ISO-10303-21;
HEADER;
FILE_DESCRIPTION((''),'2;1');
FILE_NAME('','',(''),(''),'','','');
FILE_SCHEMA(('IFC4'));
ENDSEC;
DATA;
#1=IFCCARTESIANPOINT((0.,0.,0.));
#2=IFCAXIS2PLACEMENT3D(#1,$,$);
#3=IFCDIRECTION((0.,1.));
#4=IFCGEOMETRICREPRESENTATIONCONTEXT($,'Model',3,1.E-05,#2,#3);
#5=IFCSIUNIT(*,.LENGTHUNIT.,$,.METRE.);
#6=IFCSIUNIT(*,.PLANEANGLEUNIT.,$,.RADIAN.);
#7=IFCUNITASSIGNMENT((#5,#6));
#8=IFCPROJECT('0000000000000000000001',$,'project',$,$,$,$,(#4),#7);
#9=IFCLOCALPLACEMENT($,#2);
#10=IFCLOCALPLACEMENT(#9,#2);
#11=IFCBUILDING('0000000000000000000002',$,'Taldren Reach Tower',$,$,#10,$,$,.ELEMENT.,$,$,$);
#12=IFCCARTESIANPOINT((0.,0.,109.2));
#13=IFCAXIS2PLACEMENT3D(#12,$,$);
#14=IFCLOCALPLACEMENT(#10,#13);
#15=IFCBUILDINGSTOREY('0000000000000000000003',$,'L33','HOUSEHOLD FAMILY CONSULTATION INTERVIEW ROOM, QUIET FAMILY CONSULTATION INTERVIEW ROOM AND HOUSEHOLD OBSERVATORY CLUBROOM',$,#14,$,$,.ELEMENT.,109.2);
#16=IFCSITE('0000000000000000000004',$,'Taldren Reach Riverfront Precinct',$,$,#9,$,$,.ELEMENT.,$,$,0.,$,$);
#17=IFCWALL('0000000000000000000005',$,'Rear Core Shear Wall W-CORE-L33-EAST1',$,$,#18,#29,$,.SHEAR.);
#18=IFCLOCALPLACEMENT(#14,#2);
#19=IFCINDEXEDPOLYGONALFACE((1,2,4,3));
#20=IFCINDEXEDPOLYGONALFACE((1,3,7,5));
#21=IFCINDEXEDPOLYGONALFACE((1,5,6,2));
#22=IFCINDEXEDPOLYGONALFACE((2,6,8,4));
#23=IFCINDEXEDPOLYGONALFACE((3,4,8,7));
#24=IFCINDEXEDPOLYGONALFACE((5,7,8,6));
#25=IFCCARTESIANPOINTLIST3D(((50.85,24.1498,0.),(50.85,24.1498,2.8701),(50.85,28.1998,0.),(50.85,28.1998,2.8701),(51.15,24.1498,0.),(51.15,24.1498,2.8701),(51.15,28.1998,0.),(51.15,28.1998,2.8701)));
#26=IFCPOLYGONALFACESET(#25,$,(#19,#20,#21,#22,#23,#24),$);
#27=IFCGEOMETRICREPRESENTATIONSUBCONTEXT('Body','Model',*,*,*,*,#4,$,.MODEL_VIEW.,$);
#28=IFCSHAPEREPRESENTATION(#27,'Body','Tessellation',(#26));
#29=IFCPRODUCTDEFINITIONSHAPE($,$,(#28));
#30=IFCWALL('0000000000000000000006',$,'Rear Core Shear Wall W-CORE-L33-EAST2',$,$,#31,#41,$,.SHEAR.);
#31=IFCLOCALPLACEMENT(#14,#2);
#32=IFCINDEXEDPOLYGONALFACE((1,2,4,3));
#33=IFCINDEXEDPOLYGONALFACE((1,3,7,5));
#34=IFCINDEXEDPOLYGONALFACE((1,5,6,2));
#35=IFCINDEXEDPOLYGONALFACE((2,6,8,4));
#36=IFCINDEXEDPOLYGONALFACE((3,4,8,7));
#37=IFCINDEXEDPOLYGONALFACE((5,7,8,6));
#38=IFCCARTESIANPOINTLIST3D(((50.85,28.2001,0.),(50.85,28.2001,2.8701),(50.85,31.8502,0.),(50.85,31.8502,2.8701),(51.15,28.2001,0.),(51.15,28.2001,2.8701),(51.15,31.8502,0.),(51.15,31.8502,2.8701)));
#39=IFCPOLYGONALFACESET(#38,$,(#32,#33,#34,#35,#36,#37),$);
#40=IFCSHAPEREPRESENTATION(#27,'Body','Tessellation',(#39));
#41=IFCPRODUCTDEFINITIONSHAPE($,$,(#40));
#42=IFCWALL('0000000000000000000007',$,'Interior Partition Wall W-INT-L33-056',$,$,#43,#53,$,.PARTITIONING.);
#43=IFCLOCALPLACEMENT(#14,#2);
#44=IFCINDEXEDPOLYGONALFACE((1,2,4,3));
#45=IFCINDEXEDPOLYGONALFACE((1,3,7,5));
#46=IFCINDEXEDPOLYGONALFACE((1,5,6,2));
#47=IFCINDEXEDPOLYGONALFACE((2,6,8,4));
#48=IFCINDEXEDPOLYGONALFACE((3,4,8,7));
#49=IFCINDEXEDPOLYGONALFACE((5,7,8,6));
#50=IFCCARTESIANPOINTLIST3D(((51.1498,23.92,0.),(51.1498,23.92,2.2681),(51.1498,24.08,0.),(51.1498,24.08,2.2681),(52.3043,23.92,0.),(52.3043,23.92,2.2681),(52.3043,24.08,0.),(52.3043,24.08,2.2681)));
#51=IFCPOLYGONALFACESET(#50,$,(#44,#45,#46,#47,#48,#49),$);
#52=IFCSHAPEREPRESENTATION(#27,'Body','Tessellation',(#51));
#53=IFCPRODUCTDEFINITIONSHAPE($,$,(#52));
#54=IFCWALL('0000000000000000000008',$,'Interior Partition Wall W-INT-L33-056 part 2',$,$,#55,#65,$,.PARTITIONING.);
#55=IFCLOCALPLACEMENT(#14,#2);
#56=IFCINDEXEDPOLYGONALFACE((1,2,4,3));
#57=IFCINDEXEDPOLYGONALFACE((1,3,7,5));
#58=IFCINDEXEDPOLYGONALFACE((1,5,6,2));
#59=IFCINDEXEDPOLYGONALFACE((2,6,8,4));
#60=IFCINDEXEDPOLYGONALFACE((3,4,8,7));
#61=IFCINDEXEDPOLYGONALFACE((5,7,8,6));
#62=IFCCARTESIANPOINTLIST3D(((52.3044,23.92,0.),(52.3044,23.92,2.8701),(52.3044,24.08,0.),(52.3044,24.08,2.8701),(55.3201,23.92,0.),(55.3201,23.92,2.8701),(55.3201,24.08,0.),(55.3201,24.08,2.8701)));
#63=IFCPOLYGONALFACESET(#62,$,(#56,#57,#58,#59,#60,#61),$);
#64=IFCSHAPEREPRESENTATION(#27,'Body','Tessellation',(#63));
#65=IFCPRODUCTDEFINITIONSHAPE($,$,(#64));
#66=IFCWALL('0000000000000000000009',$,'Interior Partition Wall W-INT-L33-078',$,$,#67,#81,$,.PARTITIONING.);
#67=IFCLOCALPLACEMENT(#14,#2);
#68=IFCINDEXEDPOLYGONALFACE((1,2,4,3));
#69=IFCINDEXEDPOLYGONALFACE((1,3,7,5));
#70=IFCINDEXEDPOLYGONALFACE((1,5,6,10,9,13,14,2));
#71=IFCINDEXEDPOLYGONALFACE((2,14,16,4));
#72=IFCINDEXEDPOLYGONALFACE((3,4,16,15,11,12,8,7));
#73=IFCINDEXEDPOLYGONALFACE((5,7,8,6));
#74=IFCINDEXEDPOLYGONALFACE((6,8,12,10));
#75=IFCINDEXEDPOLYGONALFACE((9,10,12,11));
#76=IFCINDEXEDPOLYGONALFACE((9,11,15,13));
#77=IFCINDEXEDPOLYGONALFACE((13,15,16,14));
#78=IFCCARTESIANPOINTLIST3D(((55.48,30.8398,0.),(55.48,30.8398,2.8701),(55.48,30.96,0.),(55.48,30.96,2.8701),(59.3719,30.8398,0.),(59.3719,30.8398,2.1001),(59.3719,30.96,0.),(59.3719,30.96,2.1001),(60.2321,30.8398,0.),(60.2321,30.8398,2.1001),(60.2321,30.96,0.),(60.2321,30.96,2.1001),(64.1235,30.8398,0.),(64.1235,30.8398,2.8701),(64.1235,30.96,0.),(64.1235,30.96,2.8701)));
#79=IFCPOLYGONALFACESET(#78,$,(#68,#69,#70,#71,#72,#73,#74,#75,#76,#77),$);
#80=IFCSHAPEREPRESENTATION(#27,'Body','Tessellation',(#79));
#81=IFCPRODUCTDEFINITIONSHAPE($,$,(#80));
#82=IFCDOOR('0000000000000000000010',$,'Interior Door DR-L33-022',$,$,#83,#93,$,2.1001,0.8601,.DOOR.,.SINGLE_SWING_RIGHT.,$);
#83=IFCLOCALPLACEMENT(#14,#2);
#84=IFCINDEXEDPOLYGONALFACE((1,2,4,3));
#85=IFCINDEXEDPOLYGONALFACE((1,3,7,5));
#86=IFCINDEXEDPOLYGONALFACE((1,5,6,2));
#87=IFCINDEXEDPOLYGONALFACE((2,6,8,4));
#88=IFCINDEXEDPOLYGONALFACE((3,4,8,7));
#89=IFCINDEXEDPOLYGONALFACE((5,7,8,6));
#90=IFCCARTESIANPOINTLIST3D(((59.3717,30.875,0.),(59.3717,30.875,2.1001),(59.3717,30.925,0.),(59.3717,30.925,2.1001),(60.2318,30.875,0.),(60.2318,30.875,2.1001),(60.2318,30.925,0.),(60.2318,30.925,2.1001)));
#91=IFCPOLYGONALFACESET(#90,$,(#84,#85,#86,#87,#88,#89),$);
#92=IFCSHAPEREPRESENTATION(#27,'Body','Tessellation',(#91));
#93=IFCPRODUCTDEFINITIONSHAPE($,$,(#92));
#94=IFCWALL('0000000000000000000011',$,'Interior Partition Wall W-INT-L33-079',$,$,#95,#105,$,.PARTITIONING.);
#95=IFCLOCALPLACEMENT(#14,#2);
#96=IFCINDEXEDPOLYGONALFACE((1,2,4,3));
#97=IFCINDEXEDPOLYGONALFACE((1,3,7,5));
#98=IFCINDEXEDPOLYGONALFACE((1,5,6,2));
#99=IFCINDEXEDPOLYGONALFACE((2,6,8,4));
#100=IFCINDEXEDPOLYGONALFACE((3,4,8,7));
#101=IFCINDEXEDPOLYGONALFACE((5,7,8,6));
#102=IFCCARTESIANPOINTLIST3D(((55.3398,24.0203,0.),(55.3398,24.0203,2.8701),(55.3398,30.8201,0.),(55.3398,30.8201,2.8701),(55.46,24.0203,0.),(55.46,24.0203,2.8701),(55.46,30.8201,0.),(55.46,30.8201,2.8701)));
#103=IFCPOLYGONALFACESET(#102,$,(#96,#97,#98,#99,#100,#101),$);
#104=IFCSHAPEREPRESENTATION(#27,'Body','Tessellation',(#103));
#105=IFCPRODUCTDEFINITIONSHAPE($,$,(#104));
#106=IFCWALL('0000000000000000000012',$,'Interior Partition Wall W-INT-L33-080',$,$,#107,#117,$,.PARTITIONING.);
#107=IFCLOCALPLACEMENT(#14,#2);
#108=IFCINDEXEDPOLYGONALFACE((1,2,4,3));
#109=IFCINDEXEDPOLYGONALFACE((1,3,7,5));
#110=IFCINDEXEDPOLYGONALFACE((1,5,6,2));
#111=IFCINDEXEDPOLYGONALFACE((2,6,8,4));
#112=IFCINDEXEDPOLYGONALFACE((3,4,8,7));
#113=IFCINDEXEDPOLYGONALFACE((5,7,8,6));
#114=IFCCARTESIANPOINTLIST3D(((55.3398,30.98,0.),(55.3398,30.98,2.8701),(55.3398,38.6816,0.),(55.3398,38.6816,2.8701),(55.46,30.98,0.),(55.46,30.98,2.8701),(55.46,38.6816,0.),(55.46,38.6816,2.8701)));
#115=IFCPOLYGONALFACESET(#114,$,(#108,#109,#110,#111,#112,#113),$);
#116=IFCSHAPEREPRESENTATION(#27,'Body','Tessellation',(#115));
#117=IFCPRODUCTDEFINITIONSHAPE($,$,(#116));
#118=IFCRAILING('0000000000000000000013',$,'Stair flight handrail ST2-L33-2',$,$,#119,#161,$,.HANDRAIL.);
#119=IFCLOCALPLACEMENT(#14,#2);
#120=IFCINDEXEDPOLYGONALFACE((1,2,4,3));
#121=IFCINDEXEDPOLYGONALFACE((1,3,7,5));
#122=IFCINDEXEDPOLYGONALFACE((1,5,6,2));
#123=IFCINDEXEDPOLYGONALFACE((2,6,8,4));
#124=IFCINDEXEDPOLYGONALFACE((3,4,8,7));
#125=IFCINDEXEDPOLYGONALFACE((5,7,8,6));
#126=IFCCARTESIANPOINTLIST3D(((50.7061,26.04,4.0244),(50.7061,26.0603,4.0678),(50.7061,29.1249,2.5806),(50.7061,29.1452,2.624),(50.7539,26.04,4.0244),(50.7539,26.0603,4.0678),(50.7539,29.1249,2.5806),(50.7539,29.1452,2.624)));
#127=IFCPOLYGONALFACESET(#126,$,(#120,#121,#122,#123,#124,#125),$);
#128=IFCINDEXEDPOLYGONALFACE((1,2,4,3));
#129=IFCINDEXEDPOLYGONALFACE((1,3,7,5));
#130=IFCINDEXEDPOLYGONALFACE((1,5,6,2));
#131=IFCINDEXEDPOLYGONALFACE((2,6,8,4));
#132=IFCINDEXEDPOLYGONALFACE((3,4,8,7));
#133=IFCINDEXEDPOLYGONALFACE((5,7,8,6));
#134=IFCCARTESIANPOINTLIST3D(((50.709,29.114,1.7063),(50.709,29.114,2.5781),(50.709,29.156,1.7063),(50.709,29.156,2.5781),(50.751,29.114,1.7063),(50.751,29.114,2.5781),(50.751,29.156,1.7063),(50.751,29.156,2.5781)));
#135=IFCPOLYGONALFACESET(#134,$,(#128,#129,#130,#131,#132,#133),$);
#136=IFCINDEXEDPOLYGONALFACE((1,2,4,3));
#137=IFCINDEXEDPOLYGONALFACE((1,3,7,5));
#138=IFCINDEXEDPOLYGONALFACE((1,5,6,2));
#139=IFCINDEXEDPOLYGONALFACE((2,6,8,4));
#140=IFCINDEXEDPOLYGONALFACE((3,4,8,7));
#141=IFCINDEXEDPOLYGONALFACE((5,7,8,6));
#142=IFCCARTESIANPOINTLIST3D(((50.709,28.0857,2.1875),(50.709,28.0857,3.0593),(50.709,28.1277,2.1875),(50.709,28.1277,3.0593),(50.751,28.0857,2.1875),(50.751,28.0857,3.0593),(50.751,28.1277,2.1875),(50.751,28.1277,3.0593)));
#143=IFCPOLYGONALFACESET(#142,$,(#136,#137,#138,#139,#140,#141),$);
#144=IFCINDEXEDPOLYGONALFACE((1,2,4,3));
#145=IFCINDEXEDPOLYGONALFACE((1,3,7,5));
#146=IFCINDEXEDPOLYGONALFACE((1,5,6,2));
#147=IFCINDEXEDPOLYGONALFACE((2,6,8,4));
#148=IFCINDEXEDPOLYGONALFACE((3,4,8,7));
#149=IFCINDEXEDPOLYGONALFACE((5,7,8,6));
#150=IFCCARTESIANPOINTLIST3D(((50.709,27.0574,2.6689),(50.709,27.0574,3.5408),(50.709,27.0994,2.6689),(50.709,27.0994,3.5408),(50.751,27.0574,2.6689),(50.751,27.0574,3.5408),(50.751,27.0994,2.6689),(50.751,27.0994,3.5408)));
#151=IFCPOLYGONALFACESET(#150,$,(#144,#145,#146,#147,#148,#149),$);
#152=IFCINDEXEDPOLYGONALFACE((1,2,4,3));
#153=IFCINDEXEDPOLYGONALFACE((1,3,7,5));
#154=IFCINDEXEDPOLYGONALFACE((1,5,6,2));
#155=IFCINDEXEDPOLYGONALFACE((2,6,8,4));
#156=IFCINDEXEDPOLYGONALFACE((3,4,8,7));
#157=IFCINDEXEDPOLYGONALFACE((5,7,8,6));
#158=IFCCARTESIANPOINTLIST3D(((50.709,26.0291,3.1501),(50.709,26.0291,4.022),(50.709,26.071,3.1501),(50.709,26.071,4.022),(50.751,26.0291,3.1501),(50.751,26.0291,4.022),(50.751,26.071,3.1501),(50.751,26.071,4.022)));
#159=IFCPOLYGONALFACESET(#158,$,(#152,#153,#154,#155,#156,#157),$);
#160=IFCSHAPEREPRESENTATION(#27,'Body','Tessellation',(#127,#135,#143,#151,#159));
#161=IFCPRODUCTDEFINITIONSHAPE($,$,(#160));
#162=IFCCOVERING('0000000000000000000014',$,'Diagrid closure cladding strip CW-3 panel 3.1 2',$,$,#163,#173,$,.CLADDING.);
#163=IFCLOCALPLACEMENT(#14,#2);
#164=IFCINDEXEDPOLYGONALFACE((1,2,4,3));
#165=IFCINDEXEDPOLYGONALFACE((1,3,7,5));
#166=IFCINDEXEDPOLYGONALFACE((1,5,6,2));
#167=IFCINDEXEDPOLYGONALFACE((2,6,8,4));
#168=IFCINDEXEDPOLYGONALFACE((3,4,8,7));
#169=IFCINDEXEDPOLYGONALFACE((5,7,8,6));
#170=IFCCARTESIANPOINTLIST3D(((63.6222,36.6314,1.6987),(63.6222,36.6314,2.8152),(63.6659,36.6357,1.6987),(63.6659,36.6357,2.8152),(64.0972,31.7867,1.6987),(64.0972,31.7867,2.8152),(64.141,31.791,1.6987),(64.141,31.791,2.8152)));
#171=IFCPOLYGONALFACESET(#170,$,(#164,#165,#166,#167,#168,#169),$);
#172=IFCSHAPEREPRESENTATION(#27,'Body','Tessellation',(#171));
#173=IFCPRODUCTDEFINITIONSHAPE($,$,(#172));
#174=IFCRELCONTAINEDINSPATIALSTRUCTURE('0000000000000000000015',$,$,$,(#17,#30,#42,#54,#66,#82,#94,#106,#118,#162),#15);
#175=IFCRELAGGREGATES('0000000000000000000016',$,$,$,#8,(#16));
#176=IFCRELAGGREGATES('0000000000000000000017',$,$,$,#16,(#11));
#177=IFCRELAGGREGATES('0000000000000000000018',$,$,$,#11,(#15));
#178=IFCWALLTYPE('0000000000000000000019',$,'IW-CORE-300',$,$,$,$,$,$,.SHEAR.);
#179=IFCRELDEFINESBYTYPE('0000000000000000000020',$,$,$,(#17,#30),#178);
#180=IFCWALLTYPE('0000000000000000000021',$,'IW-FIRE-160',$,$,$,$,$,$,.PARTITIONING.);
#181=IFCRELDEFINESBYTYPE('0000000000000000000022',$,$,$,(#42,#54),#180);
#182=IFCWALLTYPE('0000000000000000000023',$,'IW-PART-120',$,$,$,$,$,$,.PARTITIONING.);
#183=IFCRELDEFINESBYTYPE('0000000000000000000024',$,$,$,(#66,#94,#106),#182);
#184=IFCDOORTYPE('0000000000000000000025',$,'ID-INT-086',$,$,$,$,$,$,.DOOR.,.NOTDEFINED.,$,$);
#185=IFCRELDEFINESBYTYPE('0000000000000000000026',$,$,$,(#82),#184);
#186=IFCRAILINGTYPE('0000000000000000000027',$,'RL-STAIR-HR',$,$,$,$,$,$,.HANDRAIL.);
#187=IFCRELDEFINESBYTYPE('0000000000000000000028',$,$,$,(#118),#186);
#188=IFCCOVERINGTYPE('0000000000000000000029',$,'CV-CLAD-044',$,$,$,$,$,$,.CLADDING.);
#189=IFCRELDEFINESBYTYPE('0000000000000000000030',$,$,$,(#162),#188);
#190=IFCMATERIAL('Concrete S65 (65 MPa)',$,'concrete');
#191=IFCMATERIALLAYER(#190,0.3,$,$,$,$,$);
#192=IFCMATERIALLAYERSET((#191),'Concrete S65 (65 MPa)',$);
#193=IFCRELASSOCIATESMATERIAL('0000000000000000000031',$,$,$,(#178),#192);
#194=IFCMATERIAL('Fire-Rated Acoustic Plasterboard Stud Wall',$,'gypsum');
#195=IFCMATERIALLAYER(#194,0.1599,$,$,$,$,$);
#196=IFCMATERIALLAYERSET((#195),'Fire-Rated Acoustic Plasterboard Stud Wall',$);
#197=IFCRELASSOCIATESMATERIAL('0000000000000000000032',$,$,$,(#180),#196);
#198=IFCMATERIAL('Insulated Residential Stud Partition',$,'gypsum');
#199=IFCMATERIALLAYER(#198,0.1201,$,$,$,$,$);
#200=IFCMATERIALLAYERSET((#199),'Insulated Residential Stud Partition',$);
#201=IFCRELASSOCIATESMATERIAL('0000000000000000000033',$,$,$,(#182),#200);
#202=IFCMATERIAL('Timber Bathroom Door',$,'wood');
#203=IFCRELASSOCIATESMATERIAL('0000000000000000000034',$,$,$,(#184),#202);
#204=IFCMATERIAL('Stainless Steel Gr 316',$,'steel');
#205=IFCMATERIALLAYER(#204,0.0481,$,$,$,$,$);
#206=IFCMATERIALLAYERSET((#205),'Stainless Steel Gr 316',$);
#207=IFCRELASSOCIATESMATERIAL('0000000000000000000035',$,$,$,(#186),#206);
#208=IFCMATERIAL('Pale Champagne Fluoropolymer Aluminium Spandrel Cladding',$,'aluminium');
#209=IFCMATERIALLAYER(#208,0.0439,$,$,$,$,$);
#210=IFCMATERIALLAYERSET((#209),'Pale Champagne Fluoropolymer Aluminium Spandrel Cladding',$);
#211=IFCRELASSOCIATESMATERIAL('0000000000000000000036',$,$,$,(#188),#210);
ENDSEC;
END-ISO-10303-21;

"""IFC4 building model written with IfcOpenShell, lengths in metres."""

from ifc_helpers import new_model, si_unit, direction, frame, frame_2d, origin, origin_2d, place, context, subcontext, project, spatial, rectangle, extrude, source, transform, mapped, material, layer, layer_set, type_object, element, fill, save


model = new_model("IFC4")

# Units and contexts
model_context = context("Model", 3, precision=1e-05, world=origin(), true_north=direction((0.0, 1.0)))
body_context = subcontext(model_context, "Body", "Model", "MODEL_VIEW")
ifc_project = project(units=[si_unit("LENGTHUNIT", "METRE"), si_unit("PLANEANGLEUNIT", "RADIAN")], contexts=[model_context])

# Site, building, storey
site_placement = place(None, origin())
site = spatial("IfcSite", under=ifc_project, at=site_placement, Name="Taldren Reach Riverfront Precinct", CompositionType="ELEMENT", RefElevation=0.0)
building_placement = place(site_placement, origin())
building = spatial("IfcBuilding", under=site, at=building_placement, Name="Taldren Reach Tower", CompositionType="ELEMENT")
storey_placement = place(building_placement, frame((0.0, 0.0, 109.2)))
storey = spatial("IfcBuildingStorey", under=building, at=storey_placement, Name="L33", Description="HOUSEHOLD FAMILY CONSULTATION INTERVIEW ROOM, QUIET FAMILY CONSULTATION INTERVIEW ROOM AND HOUSEHOLD OBSERVATORY CLUBROOM", CompositionType="ELEMENT", Elevation=109.2)

# Shared definitions
ifc_material_1 = material(Name="Concrete S65 (65 MPa)", Category="concrete")

# Walls
ifc_layer_1 = layer(ifc_material_1, 0.3)
ifc_layer_set_1 = layer_set([ifc_layer_1], Name="Concrete S65 (65 MPa)")
wall_type_1 = type_object("IfcWallType", Name="IW-CORE-300", PredefinedType="SHEAR", material=ifc_layer_set_1)
shared_shape_1 = source(origin(), body_context, "Body", "SweptSolid", [
    extrude(rectangle(XDim=4.05, YDim=0.3, at=frame_2d((2.0249, 0.0))), origin(), (0.0, 0.0, 1.0), 2.8701),
])
wall_1_placement = place(storey_placement, frame((51.0, 24.1499, 0.0), z_axis=(0.0, 0.0, 1.0), x_axis=(0.0, 1.0, 0.0)))
element("IfcWall", 1, at=wall_1_placement, inside=storey, type_object=wall_type_1, Name="Rear Core Shear Wall W-CORE-L33-EAST1", PredefinedType="SHEAR", context=body_context, shape_type="MappedRepresentation", body=[
    mapped(shared_shape_1, transform((0.0, 0.0, 0.0), scale=1.0)),
])
shared_shape_2 = source(origin(), body_context, "Body", "SweptSolid", [
    extrude(rectangle(XDim=3.6501, YDim=0.3, at=frame_2d((1.8252, 0.0))), origin(), (0.0, 0.0, 1.0), 2.8701),
])
wall_2_placement = place(storey_placement, frame((51.0, 28.2, 0.0), z_axis=(0.0, 0.0, 1.0), x_axis=(0.0, 1.0, 0.0)))
element("IfcWall", 2, at=wall_2_placement, inside=storey, type_object=wall_type_1, Name="Rear Core Shear Wall W-CORE-L33-EAST2", PredefinedType="SHEAR", context=body_context, shape_type="MappedRepresentation", body=[
    mapped(shared_shape_2, transform((0.0, 0.0, 0.0), scale=1.0)),
])
ifc_material_2 = material(Name="Fire-Rated Acoustic Plasterboard Stud Wall", Category="gypsum")
ifc_layer_2 = layer(ifc_material_2, 0.1599)
ifc_layer_set_2 = layer_set([ifc_layer_2], Name="Fire-Rated Acoustic Plasterboard Stud Wall")
wall_type_2 = type_object("IfcWallType", Name="IW-FIRE-160", PredefinedType="PARTITIONING", material=ifc_layer_set_2)
shared_shape_3 = source(origin(), body_context, "Body", "SweptSolid", [
    extrude(rectangle(XDim=1.1545, YDim=0.1599, at=frame_2d((0.5771, 0.0))), origin(), (0.0, 0.0, 1.0), 2.2681),
])
wall_3_placement = place(storey_placement, frame((51.1499, 24.0, 0.0), z_axis=(0.0, 0.0, 1.0), x_axis=(1.0, 0.0, 0.0)))
element("IfcWall", 3, at=wall_3_placement, inside=storey, type_object=wall_type_2, Name="Interior Partition Wall W-INT-L33-056", PredefinedType="PARTITIONING", context=body_context, shape_type="MappedRepresentation", body=[
    mapped(shared_shape_3, transform((0.0, 0.0, 0.0), scale=1.0)),
])
shared_shape_4 = source(origin(), body_context, "Body", "SweptSolid", [
    extrude(rectangle(XDim=3.0156, YDim=0.1599, at=frame_2d((1.5078, 0.0))), origin(), (0.0, 0.0, 1.0), 2.8701),
])
wall_4_placement = place(storey_placement, frame((52.3044, 24.0, 0.0), z_axis=(0.0, 0.0, 1.0), x_axis=(1.0, 0.0, 0.0)))
element("IfcWall", 4, at=wall_4_placement, inside=storey, type_object=wall_type_2, Name="Interior Partition Wall W-INT-L33-056 part 2", PredefinedType="PARTITIONING", context=body_context, shape_type="MappedRepresentation", body=[
    mapped(shared_shape_4, transform((0.0, 0.0, 0.0), scale=1.0)),
])

# Wall, opening, door
ifc_material_3 = material(Name="Insulated Residential Stud Partition", Category="gypsum")
ifc_layer_3 = layer(ifc_material_3, 0.1201)
ifc_layer_set_3 = layer_set([ifc_layer_3], Name="Insulated Residential Stud Partition")
wall_type_3 = type_object("IfcWallType", Name="IW-PART-120", PredefinedType="PARTITIONING", material=ifc_layer_set_3)
shared_shape_5 = source(origin(), body_context, "Body", "SweptSolid", [
    extrude(rectangle(XDim=8.6436, YDim=0.1201, at=frame_2d((4.3218, 0.0))), origin(), (0.0, 0.0, 1.0), 2.8701),
])
wall_5_placement = place(storey_placement, frame((55.48, 30.8999, 0.0), z_axis=(0.0, 0.0, 1.0), x_axis=(1.0, 0.0, 0.0)))
wall_5 = element("IfcWall", 5, at=wall_5_placement, inside=storey, type_object=wall_type_3, Name="Interior Partition Wall W-INT-L33-078", PredefinedType="PARTITIONING", context=body_context, shape_type="MappedRepresentation", body=[
    mapped(shared_shape_5, transform((0.0, 0.0, 0.0), scale=1.0)),
])
shared_shape_6 = source(origin(), body_context, "Body", "SweptSolid", [
    extrude(rectangle(XDim=0.8601, YDim=2.1001, at=frame_2d((0.4302, 1.05))), frame((0.0, 0.0701, 0.0), z_axis=(0.0, -1.0, 0.0), x_axis=(1.0, 0.0, 0.0)), (0.0, 0.0, 1.0), 0.1401),
])
opening_placement = place(wall_5_placement, frame((3.8918, 0.0, 0.0)))
opening = element("IfcOpeningElement", 6, at=opening_placement, cuts=wall_5, PredefinedType="OPENING", context=body_context, shape_type="MappedRepresentation", body=[
    mapped(shared_shape_6, transform((0.0, 0.0, 0.0), scale=1.0)),
])
ifc_material_4 = material(Name="Timber Bathroom Door", Category="wood")
door_type = type_object("IfcDoorType", Name="ID-INT-086", OperationType="NOTDEFINED", PredefinedType="DOOR", material=ifc_material_4)
shared_shape_7 = source(origin(), body_context, "Body", "SweptSolid", [
    extrude(rectangle(XDim=0.8601, YDim=2.1001, at=frame_2d((0.4302, 1.05))), frame((0.0, 0.0249, 0.0), z_axis=(0.0, -1.0, 0.0), x_axis=(1.0, 0.0, 0.0)), (0.0, 0.0, 1.0), 0.05),
])
door_placement = place(opening_placement, frame((0.8601, 0.0, 0.0), z_axis=(0.0, 0.0, 1.0), x_axis=(-1.0, 0.0, 0.0)))
door = element("IfcDoor", 7, at=door_placement, inside=storey, type_object=door_type, Name="Interior Door DR-L33-022", OperationType="SINGLE_SWING_RIGHT", OverallHeight=2.1001, OverallWidth=0.8601, PredefinedType="DOOR", context=body_context, shape_type="MappedRepresentation", body=[
    mapped(shared_shape_7, transform((0.0, 0.0, 0.0), scale=1.0)),
])
fill(opening, door)

# Walls
shared_shape_8 = source(origin(), body_context, "Body", "SweptSolid", [
    extrude(rectangle(XDim=6.7998, YDim=0.1201, at=frame_2d((3.3999, 0.0))), origin(), (0.0, 0.0, 1.0), 2.8701),
])
wall_6_placement = place(storey_placement, frame((55.3999, 24.0203, 0.0), z_axis=(0.0, 0.0, 1.0), x_axis=(0.0, 1.0, 0.0)))
element("IfcWall", 8, at=wall_6_placement, inside=storey, type_object=wall_type_3, Name="Interior Partition Wall W-INT-L33-079", PredefinedType="PARTITIONING", context=body_context, shape_type="MappedRepresentation", body=[
    mapped(shared_shape_8, transform((0.0, 0.0, 0.0), scale=1.0)),
])
shared_shape_9 = source(origin(), body_context, "Body", "SweptSolid", [
    extrude(rectangle(XDim=7.7017, YDim=0.1201, at=frame_2d((3.8508, 0.0))), origin(), (0.0, 0.0, 1.0), 2.8701),
])
wall_7_placement = place(storey_placement, frame((55.3999, 30.98, 0.0), z_axis=(0.0, 0.0, 1.0), x_axis=(0.0, 1.0, 0.0)))
element("IfcWall", 9, at=wall_7_placement, inside=storey, type_object=wall_type_3, Name="Interior Partition Wall W-INT-L33-080", PredefinedType="PARTITIONING", context=body_context, shape_type="MappedRepresentation", body=[
    mapped(shared_shape_9, transform((0.0, 0.0, 0.0), scale=1.0)),
])

# Railing
ifc_material_5 = material(Name="Stainless Steel Gr 316", Category="steel")
ifc_layer_4 = layer(ifc_material_5, 0.0481)
ifc_layer_set_4 = layer_set([ifc_layer_4], Name="Stainless Steel Gr 316")
railing_type = type_object("IfcRailingType", Name="RL-STAIR-HR", PredefinedType="HANDRAIL", material=ifc_layer_set_4)
railing_placement = place(storey_placement, frame((50.73, 29.135, 1.7063)))
element("IfcRailing", 10, at=railing_placement, inside=storey, type_object=railing_type, Name="Stair flight handrail ST2-L33-2", PredefinedType="HANDRAIL", context=body_context, shape_type="SweptSolid", body=[
    extrude(rectangle(XDim=0.0479, YDim=0.0479, at=origin_2d()), frame((0.0, 0.0, 0.896), z_axis=(0.0, -0.90571, 0.423898), x_axis=(1.0, 0.0, 0.0)), (0.0, 0.0, 1.0), 3.406),
    extrude(rectangle(XDim=0.042, YDim=0.042, at=origin_2d()), origin(), (0.0, 0.0, 1.0), 0.8718),
    extrude(rectangle(XDim=0.042, YDim=0.042, at=origin_2d()), frame((0.0, -1.0283, 0.4812)), (0.0, 0.0, 1.0), 0.8718),
    extrude(rectangle(XDim=0.042, YDim=0.042, at=origin_2d()), frame((0.0, -2.0566, 0.9626)), (0.0, 0.0, 1.0), 0.8718),
    extrude(rectangle(XDim=0.042, YDim=0.042, at=origin_2d()), frame((0.0, -3.085, 1.4438)), (0.0, 0.0, 1.0), 0.8718),
])

# Covering
ifc_material_6 = material(Name="Pale Champagne Fluoropolymer Aluminium Spandrel Cladding", Category="aluminium")
ifc_layer_5 = layer(ifc_material_6, 0.0439)
ifc_layer_set_5 = layer_set([ifc_layer_5], Name="Pale Champagne Fluoropolymer Aluminium Spandrel Cladding")
covering_type = type_object("IfcCoveringType", Name="CV-CLAD-044", PredefinedType="CLADDING", material=ifc_layer_set_5)
shared_shape_10 = source(origin(), body_context, "Body", "SweptSolid", [
    extrude(rectangle(XDim=4.8679, YDim=0.0439, at=origin_2d()), origin(), (0.0, 0.0, 1.0), 1.1165),
])
covering_1_placement = place(storey_placement, frame((63.8816, 34.2112, 1.6987), z_axis=(0.0, 0.0, 1.0), x_axis=(-0.097583, 0.995227, 0.0)))
element("IfcCovering", 11, at=covering_1_placement, inside=storey, type_object=covering_type, Name="Diagrid closure cladding strip CW-3 panel 3.1 2", PredefinedType="CLADDING", context=body_context, shape_type="MappedRepresentation", body=[
    mapped(shared_shape_10, transform((0.0, 0.0, 0.0), scale=1.0)),
])

save(model, "model.ifc")
